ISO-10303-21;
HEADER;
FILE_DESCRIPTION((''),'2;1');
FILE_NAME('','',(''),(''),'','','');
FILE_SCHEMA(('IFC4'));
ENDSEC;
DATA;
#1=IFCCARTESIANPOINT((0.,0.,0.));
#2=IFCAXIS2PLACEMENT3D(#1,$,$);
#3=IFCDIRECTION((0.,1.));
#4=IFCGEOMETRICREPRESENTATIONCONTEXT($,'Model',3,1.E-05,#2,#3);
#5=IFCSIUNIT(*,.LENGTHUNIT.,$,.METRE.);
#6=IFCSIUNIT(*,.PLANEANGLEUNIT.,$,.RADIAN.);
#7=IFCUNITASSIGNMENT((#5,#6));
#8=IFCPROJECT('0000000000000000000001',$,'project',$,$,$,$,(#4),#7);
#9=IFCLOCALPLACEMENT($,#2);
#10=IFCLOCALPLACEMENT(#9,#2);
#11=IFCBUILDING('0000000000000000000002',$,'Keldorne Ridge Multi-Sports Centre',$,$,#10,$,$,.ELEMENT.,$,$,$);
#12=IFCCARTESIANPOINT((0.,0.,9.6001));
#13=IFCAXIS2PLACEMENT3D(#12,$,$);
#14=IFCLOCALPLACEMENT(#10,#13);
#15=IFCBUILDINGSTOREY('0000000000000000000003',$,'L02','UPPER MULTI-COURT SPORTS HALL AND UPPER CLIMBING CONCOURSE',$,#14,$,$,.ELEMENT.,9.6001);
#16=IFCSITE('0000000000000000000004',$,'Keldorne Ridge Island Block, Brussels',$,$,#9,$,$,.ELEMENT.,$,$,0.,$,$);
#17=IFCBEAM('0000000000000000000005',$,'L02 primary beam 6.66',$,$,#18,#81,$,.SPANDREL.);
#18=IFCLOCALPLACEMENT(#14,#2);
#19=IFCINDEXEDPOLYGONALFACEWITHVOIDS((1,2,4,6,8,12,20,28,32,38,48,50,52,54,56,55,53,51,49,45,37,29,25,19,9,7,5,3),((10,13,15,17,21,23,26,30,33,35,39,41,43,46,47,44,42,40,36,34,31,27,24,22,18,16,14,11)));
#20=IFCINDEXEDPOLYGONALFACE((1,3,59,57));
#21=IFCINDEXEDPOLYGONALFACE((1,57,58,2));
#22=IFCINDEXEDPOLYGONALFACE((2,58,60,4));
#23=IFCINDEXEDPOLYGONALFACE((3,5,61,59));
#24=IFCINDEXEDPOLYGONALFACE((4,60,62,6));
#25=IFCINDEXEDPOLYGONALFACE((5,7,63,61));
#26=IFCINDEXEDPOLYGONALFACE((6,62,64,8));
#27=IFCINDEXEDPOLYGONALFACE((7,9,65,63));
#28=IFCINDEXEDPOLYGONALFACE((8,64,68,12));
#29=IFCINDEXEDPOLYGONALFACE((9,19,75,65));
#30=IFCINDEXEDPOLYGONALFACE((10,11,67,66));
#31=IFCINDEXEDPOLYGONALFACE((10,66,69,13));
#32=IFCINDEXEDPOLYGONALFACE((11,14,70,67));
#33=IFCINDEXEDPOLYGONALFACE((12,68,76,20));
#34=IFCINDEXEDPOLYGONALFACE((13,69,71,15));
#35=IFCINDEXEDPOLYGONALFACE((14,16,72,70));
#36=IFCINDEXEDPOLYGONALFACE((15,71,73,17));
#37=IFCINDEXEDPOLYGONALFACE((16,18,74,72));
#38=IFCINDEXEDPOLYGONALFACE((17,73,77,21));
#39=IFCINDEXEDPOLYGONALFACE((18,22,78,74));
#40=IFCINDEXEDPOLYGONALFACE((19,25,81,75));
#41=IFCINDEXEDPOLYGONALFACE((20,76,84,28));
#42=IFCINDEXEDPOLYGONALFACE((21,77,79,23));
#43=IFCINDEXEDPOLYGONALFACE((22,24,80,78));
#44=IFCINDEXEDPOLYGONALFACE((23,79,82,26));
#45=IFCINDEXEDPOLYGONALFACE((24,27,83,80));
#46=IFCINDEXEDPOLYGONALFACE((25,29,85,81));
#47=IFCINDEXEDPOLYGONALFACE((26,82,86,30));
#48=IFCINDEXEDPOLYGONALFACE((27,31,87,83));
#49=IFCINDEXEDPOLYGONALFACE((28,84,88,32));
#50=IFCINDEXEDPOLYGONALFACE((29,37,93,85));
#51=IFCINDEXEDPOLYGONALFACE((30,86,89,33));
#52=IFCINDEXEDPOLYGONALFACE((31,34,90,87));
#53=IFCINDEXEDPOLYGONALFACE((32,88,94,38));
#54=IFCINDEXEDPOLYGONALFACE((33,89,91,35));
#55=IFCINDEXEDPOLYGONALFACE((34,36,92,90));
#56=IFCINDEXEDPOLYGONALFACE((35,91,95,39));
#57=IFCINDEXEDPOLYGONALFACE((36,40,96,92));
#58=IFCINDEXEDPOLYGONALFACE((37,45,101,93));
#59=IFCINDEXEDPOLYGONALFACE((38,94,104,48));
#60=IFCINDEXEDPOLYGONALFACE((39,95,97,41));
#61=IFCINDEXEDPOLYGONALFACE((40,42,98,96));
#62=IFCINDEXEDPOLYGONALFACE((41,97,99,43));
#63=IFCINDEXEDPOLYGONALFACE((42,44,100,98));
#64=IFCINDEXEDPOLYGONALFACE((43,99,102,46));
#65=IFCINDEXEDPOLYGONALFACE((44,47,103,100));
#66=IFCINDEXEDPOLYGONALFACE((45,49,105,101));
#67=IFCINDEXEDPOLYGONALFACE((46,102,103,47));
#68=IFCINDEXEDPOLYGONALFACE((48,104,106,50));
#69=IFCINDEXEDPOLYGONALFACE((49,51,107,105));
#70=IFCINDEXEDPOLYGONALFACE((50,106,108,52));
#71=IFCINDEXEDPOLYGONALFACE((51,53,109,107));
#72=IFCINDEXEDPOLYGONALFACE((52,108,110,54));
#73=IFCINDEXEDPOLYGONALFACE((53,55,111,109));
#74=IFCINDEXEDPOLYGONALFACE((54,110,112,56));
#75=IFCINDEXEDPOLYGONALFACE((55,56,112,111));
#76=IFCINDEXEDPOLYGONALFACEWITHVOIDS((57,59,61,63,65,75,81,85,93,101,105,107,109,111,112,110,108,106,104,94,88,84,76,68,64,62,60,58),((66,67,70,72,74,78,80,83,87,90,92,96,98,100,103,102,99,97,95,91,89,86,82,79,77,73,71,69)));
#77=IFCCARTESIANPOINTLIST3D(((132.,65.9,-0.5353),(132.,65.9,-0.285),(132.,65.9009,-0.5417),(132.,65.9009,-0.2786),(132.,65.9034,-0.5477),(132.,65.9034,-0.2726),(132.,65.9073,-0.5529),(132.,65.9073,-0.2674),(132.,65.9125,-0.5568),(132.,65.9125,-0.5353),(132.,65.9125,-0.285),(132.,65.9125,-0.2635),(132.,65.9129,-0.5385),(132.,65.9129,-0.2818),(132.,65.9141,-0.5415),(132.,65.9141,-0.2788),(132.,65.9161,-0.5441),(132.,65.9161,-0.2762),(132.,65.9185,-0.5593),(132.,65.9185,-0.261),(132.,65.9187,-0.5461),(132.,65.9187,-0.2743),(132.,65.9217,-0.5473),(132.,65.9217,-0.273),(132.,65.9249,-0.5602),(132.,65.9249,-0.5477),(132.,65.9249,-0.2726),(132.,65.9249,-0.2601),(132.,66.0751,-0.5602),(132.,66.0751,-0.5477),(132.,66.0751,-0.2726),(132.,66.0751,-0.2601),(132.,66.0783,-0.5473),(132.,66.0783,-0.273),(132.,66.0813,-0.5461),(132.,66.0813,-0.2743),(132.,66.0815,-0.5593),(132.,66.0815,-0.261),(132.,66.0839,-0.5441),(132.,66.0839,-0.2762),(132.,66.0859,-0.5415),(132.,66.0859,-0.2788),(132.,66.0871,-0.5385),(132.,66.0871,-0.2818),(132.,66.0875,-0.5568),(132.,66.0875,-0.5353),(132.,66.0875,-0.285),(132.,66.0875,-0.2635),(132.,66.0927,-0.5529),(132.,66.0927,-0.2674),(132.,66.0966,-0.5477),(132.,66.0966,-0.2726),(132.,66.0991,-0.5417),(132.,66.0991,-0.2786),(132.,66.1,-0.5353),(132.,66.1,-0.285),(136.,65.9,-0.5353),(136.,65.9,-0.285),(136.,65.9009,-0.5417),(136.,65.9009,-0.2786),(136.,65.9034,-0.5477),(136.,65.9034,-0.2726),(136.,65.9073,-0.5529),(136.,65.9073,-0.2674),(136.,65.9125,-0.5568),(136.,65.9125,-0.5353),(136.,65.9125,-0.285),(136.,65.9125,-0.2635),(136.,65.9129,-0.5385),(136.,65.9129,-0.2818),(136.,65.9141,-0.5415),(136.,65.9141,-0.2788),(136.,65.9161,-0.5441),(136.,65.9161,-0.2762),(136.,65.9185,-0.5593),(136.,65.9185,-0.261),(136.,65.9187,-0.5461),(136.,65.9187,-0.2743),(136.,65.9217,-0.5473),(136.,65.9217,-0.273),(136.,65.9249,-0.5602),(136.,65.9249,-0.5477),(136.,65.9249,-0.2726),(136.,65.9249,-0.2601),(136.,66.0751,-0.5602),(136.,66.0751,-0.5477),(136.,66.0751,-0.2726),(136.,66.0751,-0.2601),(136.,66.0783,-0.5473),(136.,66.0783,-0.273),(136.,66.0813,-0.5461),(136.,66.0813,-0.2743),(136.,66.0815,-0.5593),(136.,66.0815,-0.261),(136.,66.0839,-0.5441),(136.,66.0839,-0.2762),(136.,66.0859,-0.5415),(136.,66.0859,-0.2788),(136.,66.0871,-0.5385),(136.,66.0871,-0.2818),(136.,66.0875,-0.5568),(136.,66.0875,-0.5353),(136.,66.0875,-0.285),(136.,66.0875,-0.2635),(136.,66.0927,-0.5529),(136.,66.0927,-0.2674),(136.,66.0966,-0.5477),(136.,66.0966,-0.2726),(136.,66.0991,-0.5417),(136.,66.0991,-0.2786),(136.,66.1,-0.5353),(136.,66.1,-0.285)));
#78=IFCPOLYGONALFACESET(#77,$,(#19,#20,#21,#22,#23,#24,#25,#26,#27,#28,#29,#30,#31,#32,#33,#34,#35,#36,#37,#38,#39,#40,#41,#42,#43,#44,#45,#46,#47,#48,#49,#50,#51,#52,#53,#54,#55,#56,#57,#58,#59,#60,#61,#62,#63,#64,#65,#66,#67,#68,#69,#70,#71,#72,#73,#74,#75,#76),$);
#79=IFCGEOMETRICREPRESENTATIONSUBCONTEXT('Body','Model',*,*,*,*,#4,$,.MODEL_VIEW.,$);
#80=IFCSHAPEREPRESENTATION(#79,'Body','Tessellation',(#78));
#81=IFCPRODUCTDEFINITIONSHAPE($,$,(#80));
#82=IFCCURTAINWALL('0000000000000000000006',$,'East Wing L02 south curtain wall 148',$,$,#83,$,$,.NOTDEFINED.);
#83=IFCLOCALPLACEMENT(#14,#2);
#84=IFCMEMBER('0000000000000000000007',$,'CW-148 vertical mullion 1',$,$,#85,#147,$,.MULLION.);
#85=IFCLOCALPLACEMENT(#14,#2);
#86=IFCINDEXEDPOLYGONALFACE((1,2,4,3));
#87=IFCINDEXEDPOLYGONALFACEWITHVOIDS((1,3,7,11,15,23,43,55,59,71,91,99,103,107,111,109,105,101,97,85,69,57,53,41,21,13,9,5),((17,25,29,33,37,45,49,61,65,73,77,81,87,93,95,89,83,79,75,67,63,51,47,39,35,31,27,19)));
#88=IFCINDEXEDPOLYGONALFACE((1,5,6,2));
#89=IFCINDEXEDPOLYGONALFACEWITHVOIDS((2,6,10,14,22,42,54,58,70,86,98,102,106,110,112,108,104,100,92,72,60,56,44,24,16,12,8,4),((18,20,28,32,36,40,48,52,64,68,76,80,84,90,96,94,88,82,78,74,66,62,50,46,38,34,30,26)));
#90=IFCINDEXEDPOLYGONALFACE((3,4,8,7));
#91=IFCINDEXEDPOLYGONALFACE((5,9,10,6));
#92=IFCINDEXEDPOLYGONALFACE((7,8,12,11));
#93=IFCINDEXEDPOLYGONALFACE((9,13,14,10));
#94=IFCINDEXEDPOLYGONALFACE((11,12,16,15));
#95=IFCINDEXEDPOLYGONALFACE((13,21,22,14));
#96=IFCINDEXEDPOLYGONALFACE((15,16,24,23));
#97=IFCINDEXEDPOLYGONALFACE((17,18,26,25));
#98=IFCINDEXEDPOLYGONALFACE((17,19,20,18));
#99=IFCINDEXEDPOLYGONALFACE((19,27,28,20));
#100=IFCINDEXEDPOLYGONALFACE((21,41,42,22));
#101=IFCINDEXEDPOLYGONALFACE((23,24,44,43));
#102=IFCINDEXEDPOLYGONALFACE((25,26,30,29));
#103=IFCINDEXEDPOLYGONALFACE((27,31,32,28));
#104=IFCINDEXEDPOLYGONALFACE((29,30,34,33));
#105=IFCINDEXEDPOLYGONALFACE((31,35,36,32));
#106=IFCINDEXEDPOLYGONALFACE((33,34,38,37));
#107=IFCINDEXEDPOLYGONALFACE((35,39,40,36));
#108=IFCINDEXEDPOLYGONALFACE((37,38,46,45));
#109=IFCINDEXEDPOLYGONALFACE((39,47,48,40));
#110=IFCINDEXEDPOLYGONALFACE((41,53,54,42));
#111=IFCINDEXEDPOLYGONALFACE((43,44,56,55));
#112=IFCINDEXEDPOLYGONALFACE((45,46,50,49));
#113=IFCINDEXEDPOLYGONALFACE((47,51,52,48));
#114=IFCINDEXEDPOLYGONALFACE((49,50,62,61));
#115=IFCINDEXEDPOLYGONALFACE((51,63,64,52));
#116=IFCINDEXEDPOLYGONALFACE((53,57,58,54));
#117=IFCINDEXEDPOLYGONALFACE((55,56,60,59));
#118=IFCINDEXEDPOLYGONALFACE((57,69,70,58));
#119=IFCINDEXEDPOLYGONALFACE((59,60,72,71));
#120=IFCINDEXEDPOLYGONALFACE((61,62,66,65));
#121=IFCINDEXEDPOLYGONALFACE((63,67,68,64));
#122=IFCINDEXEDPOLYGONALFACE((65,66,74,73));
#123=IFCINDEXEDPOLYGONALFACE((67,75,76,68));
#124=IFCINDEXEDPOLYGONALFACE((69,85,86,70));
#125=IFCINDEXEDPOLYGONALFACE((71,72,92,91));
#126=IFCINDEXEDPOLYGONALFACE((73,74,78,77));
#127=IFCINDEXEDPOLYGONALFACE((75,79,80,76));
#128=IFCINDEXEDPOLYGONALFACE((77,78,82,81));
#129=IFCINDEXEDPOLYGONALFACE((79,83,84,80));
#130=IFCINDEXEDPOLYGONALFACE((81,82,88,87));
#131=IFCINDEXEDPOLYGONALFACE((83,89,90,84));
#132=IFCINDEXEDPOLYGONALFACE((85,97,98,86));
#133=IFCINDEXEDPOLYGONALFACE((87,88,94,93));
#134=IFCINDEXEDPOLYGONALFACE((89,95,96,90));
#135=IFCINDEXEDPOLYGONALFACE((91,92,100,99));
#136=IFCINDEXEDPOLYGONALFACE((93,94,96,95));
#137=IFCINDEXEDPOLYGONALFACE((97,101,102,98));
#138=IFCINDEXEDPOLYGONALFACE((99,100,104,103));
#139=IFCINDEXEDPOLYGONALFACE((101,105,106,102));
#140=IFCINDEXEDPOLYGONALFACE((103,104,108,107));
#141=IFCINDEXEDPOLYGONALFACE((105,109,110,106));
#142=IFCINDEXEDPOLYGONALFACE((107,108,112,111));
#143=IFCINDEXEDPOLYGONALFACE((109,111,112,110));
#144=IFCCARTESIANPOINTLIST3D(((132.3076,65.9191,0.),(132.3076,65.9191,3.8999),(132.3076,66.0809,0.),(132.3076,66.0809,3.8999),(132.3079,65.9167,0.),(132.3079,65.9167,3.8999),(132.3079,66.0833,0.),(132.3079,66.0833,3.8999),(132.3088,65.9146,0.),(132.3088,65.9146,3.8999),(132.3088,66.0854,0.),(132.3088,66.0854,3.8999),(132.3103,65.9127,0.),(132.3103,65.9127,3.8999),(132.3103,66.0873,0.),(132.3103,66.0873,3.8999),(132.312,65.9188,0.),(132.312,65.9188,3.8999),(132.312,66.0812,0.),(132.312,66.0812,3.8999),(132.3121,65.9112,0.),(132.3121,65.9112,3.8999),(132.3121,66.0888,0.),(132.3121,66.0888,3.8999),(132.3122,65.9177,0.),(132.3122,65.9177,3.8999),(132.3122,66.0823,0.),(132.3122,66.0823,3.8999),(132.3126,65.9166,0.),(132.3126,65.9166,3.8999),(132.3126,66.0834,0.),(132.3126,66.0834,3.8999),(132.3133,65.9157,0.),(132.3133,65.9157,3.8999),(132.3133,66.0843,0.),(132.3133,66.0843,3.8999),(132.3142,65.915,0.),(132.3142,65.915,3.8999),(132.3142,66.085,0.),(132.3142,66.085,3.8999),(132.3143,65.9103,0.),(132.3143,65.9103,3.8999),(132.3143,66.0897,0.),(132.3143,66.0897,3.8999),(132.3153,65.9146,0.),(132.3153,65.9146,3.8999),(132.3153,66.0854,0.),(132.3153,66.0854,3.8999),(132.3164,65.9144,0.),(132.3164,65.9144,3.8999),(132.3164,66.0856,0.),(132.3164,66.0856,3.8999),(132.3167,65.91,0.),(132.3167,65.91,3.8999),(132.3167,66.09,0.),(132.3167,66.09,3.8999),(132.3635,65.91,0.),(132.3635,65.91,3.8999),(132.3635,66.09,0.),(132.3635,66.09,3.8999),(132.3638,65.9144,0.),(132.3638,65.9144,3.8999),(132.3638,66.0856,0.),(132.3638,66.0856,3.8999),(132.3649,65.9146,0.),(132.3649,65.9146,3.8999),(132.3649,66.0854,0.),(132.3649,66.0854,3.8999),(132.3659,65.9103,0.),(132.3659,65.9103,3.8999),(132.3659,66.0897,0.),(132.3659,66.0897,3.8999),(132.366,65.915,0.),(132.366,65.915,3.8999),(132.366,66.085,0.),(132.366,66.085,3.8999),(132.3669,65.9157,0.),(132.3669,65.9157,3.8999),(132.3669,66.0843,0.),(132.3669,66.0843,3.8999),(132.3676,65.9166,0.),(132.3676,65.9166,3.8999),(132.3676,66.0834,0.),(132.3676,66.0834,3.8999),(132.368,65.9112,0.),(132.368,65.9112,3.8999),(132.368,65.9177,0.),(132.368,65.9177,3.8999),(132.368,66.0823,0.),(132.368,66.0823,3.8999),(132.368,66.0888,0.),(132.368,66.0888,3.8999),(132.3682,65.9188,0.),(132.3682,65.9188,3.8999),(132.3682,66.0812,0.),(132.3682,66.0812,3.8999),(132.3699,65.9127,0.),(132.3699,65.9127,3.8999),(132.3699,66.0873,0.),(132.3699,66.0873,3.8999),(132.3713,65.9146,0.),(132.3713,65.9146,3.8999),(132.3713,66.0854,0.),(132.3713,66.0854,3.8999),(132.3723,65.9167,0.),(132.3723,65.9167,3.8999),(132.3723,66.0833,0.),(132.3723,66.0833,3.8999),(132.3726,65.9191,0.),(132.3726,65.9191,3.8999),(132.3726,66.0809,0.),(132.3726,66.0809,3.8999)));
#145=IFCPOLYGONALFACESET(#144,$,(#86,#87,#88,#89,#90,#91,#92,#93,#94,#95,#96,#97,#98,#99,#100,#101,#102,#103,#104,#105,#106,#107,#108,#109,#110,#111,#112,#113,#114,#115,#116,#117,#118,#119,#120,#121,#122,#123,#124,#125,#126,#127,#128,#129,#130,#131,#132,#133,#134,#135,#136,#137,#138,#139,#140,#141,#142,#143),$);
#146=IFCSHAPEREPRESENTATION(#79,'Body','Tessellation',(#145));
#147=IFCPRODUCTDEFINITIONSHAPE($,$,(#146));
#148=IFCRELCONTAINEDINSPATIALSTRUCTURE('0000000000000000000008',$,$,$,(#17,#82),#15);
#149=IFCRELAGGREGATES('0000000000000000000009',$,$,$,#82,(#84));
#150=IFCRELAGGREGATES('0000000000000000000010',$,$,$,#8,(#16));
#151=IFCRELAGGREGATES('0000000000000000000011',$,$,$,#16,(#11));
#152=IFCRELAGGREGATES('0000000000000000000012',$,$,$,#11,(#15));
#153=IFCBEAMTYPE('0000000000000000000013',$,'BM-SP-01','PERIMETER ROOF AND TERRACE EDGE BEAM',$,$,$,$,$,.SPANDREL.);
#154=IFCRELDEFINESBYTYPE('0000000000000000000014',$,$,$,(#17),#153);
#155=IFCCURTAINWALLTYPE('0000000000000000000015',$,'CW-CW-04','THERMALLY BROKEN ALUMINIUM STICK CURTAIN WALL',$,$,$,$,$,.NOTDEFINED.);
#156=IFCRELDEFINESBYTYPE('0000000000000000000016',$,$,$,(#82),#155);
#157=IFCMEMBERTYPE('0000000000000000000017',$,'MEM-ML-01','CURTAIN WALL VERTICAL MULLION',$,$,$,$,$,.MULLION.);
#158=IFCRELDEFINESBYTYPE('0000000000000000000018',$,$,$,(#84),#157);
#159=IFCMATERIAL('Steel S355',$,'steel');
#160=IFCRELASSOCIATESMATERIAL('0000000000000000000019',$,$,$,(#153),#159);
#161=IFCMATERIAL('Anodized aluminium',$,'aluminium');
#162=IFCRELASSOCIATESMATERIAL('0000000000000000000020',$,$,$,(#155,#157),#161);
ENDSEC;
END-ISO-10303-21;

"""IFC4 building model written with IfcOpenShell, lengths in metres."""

from ifc_helpers import new_model, si_unit, direction, frame, origin, origin_2d, place, context, subcontext, project, spatial, hollow_rectangle, extrude, material, material_profile, profile_set, type_object, element, aggregate, save


model = new_model("IFC4")

# Units and contexts
model_context = context("Model", 3, precision=1e-05, world=origin(), true_north=direction((0.0, 1.0)))
body_context = subcontext(model_context, "Body", "Model", "MODEL_VIEW")
ifc_project = project(units=[si_unit("LENGTHUNIT", "METRE"), si_unit("PLANEANGLEUNIT", "RADIAN")], contexts=[model_context])

# Site, building, storey
site_placement = place(None, origin())
site = spatial("IfcSite", under=ifc_project, at=site_placement, Name="Keldorne Ridge Island Block, Brussels", CompositionType="ELEMENT", RefElevation=0.0)
building_placement = place(site_placement, origin())
building = spatial("IfcBuilding", under=site, at=building_placement, Name="Keldorne Ridge Multi-Sports Centre", CompositionType="ELEMENT")
storey_placement = place(building_placement, frame((0.0, 0.0, 9.6001)))
storey = spatial("IfcBuildingStorey", under=building, at=storey_placement, Name="L02", Description="UPPER MULTI-COURT SPORTS HALL AND UPPER CLIMBING CONCOURSE", CompositionType="ELEMENT", Elevation=9.6001)

# Shared definitions
ifc_material_1 = material(Name="Steel S355", Category="steel")

# Beam
ifc_material_profile_1 = material_profile(ifc_material_1, hollow_rectangle(XDim=0.2, YDim=0.3, WallThickness=0.0125, InnerFilletRadius=0.0125, OuterFilletRadius=0.0249, at=origin_2d()), Name="RHS 300x200x12.5")
ifc_profile_set_1 = profile_set([ifc_material_profile_1], Name="Steel S355")
beam_type_1 = type_object("IfcBeamType", Name="BM-SP-01", Description="PERIMETER ROOF AND TERRACE EDGE BEAM", PredefinedType="SPANDREL", material=ifc_profile_set_1)
for number, where, z_axis, x_axis, name in (
    (1, (132.0, 66.0, -0.4102), (1.0, 0.0, 0.0), (0.0, 1.0, 0.0), "L02 primary beam 6.66"),
):
    element("IfcBeam", number, at=place(storey_placement, frame(where, z_axis=z_axis, x_axis=x_axis)), inside=storey, type_object=beam_type_1, Name=name, PredefinedType="SPANDREL", context=body_context, shape_type="SweptSolid", body=[
        extrude(hollow_rectangle(XDim=0.2, YDim=0.3, WallThickness=0.0125, InnerFilletRadius=0.0125, OuterFilletRadius=0.0249, at=origin_2d()), origin(), (0.0, 0.0, 1.0), 4.0),
    ])

# Curtain wall, member
ifc_material_2 = material(Name="Anodized aluminium", Category="aluminium")
curtain_wall_type = type_object("IfcCurtainWallType", Name="CW-CW-04", Description="THERMALLY BROKEN ALUMINIUM STICK CURTAIN WALL", PredefinedType="NOTDEFINED", material=ifc_material_2)
curtain_wall_placement = place(storey_placement, origin())
curtain_wall = element("IfcCurtainWall", 2, at=curtain_wall_placement, inside=storey, type_object=curtain_wall_type, Name="East Wing L02 south curtain wall 148", PredefinedType="NOTDEFINED")
ifc_material_profile_2 = material_profile(ifc_material_2, hollow_rectangle(XDim=0.0649, YDim=0.1799, WallThickness=0.0044, InnerFilletRadius=0.0044, OuterFilletRadius=0.009, at=origin_2d()), Name="ALU MULLION 180x65x4.5")
ifc_profile_set_2 = profile_set([ifc_material_profile_2], Name="Anodized aluminium")
member_type_1 = type_object("IfcMemberType", Name="MEM-ML-01", Description="CURTAIN WALL VERTICAL MULLION", PredefinedType="MULLION", material=ifc_profile_set_2)
member_1_placement = place(storey_placement, frame((132.3401, 66.0, 0.0), z_axis=(0.0, 0.0, 1.0), x_axis=(1.0, 0.0, 0.0)))
member_1 = element("IfcMember", 3, at=member_1_placement, type_object=member_type_1, Name="CW-148 vertical mullion 1", PredefinedType="MULLION", context=body_context, shape_type="SweptSolid", body=[
    extrude(hollow_rectangle(XDim=0.0649, YDim=0.1799, WallThickness=0.0044, InnerFilletRadius=0.0044, OuterFilletRadius=0.009, at=origin_2d()), origin(), (0.0, 0.0, 1.0), 3.8999),
])
aggregate(curtain_wall, [member_1])

save(model, "model.ifc")
